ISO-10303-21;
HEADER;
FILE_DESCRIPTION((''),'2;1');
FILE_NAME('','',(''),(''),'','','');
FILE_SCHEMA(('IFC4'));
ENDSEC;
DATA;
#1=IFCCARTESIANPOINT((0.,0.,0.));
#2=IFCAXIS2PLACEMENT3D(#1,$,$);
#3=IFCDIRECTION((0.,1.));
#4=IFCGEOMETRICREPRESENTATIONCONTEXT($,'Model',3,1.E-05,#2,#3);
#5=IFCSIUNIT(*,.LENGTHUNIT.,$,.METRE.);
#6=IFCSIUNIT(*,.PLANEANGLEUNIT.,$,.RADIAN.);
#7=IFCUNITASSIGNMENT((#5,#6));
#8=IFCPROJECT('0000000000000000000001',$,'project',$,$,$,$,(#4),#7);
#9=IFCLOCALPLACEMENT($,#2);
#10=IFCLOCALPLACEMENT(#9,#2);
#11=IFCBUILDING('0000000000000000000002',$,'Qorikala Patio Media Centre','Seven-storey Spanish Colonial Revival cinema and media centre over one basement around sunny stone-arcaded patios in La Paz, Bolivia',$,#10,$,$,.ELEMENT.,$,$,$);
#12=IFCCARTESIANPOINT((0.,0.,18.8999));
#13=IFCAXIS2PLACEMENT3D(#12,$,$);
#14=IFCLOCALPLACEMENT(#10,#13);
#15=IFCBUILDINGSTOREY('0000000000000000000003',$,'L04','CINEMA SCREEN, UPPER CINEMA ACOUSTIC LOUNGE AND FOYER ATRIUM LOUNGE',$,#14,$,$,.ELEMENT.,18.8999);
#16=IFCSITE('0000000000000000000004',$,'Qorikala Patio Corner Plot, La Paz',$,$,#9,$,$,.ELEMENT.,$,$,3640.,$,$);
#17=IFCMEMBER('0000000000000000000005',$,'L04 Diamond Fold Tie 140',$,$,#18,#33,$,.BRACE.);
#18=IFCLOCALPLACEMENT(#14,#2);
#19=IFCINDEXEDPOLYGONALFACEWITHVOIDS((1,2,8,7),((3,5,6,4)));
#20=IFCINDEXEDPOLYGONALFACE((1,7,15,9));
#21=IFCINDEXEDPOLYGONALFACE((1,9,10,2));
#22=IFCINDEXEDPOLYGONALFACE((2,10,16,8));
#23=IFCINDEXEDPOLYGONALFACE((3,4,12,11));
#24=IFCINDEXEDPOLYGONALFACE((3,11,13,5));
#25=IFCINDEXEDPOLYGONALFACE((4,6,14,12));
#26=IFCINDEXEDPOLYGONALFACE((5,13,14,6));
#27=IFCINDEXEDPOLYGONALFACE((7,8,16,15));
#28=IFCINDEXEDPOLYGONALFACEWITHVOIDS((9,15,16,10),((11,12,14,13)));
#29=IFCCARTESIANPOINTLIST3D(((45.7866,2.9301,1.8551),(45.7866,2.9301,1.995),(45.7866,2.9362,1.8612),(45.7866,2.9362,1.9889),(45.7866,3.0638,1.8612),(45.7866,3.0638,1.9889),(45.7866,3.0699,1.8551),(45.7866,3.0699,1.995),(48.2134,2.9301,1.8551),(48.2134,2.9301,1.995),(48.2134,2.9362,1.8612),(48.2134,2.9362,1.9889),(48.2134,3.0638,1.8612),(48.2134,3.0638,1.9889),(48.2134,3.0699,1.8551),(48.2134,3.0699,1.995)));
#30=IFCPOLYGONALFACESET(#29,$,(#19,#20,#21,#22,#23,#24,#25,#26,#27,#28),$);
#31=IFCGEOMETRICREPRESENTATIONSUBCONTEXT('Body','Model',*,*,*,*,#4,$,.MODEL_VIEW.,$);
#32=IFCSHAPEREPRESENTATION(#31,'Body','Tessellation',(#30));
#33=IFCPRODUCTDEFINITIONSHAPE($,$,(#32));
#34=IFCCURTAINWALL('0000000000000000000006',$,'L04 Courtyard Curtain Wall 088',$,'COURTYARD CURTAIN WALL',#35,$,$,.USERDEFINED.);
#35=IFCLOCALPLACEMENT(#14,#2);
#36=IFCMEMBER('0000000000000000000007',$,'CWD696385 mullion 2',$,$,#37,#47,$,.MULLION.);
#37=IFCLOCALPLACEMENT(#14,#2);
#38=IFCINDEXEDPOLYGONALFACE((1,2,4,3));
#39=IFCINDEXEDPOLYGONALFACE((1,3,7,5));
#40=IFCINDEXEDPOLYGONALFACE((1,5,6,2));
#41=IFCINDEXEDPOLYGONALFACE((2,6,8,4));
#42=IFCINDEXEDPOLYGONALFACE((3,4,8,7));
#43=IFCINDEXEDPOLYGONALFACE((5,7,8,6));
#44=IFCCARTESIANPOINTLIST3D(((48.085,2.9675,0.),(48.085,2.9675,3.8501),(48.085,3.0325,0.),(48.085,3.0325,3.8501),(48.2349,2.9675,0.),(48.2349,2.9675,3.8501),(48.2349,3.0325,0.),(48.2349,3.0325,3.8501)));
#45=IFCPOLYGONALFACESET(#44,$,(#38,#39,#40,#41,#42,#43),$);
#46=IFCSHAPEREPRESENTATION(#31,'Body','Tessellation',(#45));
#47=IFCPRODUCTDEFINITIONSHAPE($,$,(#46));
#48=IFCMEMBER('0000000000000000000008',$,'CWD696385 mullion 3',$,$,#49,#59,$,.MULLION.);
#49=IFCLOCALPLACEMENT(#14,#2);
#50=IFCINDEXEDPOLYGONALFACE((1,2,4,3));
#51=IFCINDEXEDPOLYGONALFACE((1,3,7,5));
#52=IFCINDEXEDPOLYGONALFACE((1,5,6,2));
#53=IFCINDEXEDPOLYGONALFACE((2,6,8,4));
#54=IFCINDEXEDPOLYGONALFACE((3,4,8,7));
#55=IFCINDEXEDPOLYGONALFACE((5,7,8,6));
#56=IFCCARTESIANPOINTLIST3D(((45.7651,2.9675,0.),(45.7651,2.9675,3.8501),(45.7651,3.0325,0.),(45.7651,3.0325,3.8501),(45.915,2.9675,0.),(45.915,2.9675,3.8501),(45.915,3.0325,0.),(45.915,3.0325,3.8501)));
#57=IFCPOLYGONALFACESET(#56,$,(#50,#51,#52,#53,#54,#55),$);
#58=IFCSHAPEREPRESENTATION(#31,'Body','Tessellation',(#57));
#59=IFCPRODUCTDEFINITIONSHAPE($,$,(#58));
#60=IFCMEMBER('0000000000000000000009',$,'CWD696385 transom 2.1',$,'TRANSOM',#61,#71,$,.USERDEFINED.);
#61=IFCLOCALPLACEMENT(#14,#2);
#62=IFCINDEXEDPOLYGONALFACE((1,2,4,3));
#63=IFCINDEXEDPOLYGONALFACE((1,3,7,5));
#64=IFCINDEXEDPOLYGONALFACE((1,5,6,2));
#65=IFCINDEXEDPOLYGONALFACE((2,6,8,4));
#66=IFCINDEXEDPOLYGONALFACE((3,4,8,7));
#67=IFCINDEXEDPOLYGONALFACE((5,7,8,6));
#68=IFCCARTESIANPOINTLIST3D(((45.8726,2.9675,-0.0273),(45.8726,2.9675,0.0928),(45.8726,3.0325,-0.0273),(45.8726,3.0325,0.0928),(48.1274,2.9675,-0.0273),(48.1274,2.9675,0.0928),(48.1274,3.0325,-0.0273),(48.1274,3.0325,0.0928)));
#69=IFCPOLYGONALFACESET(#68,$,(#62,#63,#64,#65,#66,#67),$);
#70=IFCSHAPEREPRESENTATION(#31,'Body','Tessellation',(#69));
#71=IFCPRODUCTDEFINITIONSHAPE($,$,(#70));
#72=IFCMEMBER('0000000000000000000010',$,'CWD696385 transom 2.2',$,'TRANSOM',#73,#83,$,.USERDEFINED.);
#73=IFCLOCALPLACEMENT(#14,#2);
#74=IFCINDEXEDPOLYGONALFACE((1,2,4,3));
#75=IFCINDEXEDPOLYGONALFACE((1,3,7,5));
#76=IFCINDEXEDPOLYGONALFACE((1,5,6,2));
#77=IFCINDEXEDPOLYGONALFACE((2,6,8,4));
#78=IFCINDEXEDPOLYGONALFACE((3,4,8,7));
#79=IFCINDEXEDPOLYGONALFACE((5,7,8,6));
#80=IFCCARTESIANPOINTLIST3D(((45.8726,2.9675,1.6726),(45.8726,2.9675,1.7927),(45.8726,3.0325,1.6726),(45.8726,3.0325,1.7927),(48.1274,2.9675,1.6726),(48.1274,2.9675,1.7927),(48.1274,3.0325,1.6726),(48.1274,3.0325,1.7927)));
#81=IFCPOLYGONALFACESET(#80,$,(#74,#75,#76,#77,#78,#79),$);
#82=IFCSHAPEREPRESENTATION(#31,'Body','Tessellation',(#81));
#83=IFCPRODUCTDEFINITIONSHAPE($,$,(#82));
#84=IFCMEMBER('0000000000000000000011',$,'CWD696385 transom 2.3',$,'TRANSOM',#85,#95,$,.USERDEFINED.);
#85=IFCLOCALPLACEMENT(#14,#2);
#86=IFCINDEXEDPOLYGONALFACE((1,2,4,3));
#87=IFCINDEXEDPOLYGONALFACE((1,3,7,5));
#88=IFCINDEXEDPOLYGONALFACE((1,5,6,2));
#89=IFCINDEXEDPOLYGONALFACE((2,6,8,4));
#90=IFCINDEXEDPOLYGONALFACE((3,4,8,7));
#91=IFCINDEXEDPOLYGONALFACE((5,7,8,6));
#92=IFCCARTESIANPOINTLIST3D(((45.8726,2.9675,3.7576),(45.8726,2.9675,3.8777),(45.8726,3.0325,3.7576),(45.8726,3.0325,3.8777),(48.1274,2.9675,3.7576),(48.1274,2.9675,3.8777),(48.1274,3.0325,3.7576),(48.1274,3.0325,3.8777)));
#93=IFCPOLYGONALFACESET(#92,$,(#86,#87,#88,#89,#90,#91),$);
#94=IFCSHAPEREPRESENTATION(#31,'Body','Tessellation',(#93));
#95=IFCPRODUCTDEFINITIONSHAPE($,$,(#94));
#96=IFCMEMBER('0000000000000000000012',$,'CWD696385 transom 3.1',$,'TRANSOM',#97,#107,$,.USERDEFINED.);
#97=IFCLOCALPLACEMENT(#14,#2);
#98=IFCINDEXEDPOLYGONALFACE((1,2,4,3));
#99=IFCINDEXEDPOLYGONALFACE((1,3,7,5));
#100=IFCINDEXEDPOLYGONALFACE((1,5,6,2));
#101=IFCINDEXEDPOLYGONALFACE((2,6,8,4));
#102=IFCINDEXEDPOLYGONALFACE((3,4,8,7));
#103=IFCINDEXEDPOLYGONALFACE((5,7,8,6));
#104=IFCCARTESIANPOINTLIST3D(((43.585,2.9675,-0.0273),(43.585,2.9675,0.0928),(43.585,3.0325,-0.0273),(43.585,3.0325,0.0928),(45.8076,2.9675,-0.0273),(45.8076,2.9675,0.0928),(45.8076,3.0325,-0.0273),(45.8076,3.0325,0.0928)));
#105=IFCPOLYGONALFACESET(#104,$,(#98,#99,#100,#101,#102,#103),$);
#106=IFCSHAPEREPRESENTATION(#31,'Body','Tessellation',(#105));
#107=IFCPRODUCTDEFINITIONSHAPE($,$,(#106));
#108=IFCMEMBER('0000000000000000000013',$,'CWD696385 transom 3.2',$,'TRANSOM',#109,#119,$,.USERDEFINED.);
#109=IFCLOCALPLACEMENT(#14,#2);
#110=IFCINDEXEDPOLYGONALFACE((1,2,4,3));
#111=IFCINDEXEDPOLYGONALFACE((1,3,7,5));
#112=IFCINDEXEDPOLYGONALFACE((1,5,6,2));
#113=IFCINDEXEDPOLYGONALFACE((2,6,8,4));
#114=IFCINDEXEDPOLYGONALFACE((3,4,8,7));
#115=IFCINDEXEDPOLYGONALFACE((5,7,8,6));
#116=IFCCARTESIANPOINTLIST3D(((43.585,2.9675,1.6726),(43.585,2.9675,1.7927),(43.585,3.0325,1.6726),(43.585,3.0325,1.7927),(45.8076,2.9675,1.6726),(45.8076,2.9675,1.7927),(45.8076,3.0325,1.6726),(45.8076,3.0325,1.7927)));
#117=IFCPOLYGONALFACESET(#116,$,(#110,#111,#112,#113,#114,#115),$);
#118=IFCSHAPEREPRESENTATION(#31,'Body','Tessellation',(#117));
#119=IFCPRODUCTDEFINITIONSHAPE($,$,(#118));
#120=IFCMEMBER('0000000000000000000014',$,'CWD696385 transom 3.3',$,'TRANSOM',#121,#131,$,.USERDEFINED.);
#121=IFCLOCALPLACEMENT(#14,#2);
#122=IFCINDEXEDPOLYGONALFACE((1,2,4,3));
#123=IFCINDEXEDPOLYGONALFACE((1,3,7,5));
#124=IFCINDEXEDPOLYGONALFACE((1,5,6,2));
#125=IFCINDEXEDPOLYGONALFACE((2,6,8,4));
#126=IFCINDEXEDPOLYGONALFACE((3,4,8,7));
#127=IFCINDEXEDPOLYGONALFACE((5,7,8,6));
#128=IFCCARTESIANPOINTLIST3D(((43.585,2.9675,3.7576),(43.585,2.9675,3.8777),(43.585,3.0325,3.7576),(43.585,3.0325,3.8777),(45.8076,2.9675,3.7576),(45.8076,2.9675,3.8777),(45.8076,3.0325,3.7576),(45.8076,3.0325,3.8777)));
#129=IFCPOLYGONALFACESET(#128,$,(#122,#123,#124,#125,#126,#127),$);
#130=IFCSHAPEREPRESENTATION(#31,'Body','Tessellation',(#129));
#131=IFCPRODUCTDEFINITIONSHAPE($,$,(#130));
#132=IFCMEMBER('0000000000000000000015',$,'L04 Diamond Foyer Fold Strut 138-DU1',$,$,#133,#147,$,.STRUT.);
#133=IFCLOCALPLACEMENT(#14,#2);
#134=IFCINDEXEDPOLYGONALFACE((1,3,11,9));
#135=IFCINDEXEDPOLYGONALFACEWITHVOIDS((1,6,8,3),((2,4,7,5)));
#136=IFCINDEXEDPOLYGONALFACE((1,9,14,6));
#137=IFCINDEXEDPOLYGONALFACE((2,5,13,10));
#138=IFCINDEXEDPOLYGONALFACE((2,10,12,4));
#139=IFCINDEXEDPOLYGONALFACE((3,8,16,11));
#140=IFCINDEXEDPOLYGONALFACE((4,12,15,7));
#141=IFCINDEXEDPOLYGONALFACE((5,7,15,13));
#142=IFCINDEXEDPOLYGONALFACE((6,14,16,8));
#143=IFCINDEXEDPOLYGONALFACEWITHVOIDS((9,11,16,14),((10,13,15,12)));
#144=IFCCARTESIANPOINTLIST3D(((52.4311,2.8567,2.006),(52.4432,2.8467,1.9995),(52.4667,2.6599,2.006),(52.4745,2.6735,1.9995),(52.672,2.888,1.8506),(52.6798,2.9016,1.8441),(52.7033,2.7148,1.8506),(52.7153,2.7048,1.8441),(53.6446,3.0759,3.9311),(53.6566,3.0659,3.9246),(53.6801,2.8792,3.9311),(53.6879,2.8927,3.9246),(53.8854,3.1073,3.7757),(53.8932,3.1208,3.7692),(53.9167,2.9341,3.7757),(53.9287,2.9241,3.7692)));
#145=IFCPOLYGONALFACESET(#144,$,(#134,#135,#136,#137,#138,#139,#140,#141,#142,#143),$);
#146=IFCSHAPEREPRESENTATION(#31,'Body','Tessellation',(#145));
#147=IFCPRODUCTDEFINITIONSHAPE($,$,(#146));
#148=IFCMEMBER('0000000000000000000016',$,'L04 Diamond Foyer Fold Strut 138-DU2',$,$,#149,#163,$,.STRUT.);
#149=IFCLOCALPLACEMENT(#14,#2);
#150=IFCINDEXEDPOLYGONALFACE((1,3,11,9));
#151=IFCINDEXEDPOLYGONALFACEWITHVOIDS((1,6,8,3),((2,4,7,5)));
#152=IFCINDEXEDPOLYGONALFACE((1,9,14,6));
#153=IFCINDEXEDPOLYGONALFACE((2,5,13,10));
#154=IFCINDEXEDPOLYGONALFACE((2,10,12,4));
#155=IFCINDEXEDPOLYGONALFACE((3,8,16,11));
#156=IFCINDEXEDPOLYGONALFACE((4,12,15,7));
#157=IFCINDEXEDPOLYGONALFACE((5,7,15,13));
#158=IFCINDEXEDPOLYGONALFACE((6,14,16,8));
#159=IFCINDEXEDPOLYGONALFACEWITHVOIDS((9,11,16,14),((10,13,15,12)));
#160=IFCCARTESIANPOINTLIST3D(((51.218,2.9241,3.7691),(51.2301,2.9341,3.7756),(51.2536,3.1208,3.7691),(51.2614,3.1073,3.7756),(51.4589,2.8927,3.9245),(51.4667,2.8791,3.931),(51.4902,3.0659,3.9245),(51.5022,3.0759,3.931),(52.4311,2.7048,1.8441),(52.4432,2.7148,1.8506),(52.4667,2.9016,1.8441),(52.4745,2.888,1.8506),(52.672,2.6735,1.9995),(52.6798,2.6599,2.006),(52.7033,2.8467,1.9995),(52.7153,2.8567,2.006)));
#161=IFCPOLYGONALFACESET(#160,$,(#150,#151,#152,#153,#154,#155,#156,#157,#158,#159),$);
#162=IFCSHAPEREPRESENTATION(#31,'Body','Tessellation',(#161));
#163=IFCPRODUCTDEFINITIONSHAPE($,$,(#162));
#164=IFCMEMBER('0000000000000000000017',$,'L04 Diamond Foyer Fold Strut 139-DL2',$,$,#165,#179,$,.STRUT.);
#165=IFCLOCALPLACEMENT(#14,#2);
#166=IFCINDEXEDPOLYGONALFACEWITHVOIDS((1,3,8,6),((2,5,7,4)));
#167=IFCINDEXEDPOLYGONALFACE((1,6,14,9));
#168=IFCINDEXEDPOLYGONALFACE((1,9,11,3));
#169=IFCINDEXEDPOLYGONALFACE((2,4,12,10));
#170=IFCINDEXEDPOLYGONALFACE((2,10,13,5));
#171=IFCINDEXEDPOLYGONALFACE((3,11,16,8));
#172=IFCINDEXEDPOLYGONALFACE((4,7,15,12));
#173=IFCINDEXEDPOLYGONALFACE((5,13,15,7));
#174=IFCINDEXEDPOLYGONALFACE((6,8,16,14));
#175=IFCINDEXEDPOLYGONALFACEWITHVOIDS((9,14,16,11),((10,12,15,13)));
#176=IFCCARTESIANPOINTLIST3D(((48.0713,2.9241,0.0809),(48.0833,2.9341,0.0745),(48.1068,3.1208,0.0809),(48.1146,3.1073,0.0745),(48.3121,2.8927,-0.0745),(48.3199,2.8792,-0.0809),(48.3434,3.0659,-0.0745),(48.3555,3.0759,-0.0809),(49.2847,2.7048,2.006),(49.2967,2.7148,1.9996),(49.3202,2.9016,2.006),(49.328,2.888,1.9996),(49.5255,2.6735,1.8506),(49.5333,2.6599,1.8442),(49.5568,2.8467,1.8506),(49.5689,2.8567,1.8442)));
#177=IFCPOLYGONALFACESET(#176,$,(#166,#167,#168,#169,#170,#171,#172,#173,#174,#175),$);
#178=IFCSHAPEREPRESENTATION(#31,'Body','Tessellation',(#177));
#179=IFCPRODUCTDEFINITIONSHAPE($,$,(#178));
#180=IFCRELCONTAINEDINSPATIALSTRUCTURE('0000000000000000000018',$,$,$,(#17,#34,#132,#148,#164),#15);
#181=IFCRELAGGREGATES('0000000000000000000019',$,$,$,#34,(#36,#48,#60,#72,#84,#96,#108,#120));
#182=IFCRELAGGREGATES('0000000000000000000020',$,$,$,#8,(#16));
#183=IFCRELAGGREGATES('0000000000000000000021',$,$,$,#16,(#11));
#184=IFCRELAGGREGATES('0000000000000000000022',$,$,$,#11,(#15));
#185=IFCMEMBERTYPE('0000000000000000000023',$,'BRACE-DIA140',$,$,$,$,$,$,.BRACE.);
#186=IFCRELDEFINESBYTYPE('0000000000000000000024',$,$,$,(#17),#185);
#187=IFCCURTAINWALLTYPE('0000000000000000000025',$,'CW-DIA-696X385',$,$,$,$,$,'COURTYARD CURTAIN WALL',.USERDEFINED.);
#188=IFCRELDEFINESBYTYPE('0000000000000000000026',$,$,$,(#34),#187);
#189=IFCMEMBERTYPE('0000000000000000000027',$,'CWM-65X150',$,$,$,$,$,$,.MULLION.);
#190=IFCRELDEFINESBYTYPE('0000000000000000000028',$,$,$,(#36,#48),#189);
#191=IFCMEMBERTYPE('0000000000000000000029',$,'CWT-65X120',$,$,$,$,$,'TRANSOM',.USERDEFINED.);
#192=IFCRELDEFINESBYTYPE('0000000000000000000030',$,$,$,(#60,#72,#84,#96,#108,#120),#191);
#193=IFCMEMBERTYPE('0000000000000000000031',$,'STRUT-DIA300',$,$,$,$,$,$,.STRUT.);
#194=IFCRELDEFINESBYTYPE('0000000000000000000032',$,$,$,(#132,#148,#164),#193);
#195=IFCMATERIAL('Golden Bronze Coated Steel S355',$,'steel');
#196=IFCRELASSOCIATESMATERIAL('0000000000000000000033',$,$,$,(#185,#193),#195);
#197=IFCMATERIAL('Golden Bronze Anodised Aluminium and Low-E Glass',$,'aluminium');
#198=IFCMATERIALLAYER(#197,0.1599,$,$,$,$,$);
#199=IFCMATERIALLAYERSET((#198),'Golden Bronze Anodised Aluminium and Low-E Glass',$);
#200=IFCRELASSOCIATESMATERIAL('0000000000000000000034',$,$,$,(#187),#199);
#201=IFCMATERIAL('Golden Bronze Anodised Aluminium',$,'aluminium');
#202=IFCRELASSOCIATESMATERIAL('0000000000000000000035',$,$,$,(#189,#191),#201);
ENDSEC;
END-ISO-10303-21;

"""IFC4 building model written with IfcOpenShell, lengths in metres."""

from ifc_helpers import new_model, si_unit, direction, frame, origin, origin_2d, place, context, subcontext, project, spatial, rectangle, hollow_rectangle, extrude, material, layer, layer_set, material_profile, profile_set, type_object, element, aggregate, save


model = new_model("IFC4")

# Units and contexts
model_context = context("Model", 3, precision=1e-05, world=origin(), true_north=direction((0.0, 1.0)))
body_context = subcontext(model_context, "Body", "Model", "MODEL_VIEW")
ifc_project = project(units=[si_unit("LENGTHUNIT", "METRE"), si_unit("PLANEANGLEUNIT", "RADIAN")], contexts=[model_context])

# Site, building, storey
site_placement = place(None, origin())
site = spatial("IfcSite", under=ifc_project, at=site_placement, Name="Qorikala Patio Corner Plot, La Paz", CompositionType="ELEMENT", RefElevation=3640.0)
building_placement = place(site_placement, origin())
building = spatial("IfcBuilding", under=site, at=building_placement, Name="Qorikala Patio Media Centre", Description="Seven-storey Spanish Colonial Revival cinema and media centre over one basement around sunny stone-arcaded patios in La Paz, Bolivia", CompositionType="ELEMENT")
storey_placement = place(building_placement, frame((0.0, 0.0, 18.8999)))
storey = spatial("IfcBuildingStorey", under=building, at=storey_placement, Name="L04", Description="CINEMA SCREEN, UPPER CINEMA ACOUSTIC LOUNGE AND FOYER ATRIUM LOUNGE", CompositionType="ELEMENT", Elevation=18.8999)

# Member
ifc_material_1 = material(Name="Golden Bronze Coated Steel S355", Category="steel")
ifc_material_profile_1 = material_profile(ifc_material_1, hollow_rectangle(XDim=0.1399, YDim=0.1399, WallThickness=0.0061, at=origin_2d()), Name="HSS140X140X6")
ifc_profile_set_1 = profile_set([ifc_material_profile_1], Name="Golden Bronze Coated Steel S355")
member_type_1 = type_object("IfcMemberType", Name="BRACE-DIA140", PredefinedType="BRACE", material=ifc_profile_set_1)
member_1_placement = place(storey_placement, frame((48.2134, 3.0, 1.925), z_axis=(-1.0, 0.0, 0.0), x_axis=(0.0, -1.0, 0.0)))
element("IfcMember", 1, at=member_1_placement, inside=storey, type_object=member_type_1, Name="L04 Diamond Fold Tie 140", PredefinedType="BRACE", context=body_context, shape_type="SweptSolid", body=[
    extrude(hollow_rectangle(XDim=0.1399, YDim=0.1399, WallThickness=0.0061, at=origin_2d()), origin(), (0.0, 0.0, 1.0), 2.4268),
])

# Curtain wall, members
ifc_material_2 = material(Name="Golden Bronze Anodised Aluminium and Low-E Glass", Category="aluminium")
ifc_layer_1 = layer(ifc_material_2, 0.1599)
ifc_layer_set_1 = layer_set([ifc_layer_1], Name="Golden Bronze Anodised Aluminium and Low-E Glass")
curtain_wall_type = type_object("IfcCurtainWallType", Name="CW-DIA-696X385", ElementType="COURTYARD CURTAIN WALL", PredefinedType="USERDEFINED", material=ifc_layer_set_1)
curtain_wall_placement = place(storey_placement, origin())
curtain_wall = element("IfcCurtainWall", 2, at=curtain_wall_placement, inside=storey, type_object=curtain_wall_type, Name="L04 Courtyard Curtain Wall 088", ObjectType="COURTYARD CURTAIN WALL", PredefinedType="USERDEFINED")
ifc_material_3 = material(Name="Golden Bronze Anodised Aluminium", Category="aluminium")
ifc_material_profile_2 = material_profile(ifc_material_3, rectangle(XDim=0.0649, YDim=0.1499, at=origin_2d()), Name="ALU MULLION 65x150")
ifc_profile_set_2 = profile_set([ifc_material_profile_2], Name="Golden Bronze Anodised Aluminium")
member_type_2 = type_object("IfcMemberType", Name="CWM-65X150", PredefinedType="MULLION", material=ifc_profile_set_2)
member_2_placement = place(storey_placement, frame((48.1599, 3.0, 0.0), z_axis=(0.0, 0.0, 1.0), x_axis=(0.0, -1.0, 0.0)))
member_2 = element("IfcMember", 3, at=member_2_placement, type_object=member_type_2, Name="CWD696385 mullion 2", PredefinedType="MULLION", context=body_context, shape_type="SweptSolid", body=[
    extrude(rectangle(XDim=0.0649, YDim=0.1499, at=origin_2d()), origin(), (0.0, 0.0, 1.0), 3.8501),
])
member_3_placement = place(storey_placement, frame((45.8401, 3.0, 0.0), z_axis=(0.0, 0.0, 1.0), x_axis=(0.0, -1.0, 0.0)))
member_3 = element("IfcMember", 4, at=member_3_placement, type_object=member_type_2, Name="CWD696385 mullion 3", PredefinedType="MULLION", context=body_context, shape_type="SweptSolid", body=[
    extrude(rectangle(XDim=0.0649, YDim=0.1499, at=origin_2d()), origin(), (0.0, 0.0, 1.0), 3.8501),
])
ifc_material_profile_3 = material_profile(ifc_material_3, rectangle(XDim=0.0649, YDim=0.1201, at=origin_2d()), Name="ALU TRANSOM 65x120")
ifc_profile_set_3 = profile_set([ifc_material_profile_3], Name="Golden Bronze Anodised Aluminium")
member_type_3 = type_object("IfcMemberType", Name="CWT-65X120", ElementType="TRANSOM", PredefinedType="USERDEFINED", material=ifc_profile_set_3)
member_4_placement = place(storey_placement, frame((48.1274, 3.0, 0.0327), z_axis=(-1.0, 0.0, 0.0), x_axis=(0.0, -1.0, 0.0)))
member_4 = element("IfcMember", 5, at=member_4_placement, type_object=member_type_3, Name="CWD696385 transom 2.1", ObjectType="TRANSOM", PredefinedType="USERDEFINED", context=body_context, shape_type="SweptSolid", body=[
    extrude(rectangle(XDim=0.0649, YDim=0.1201, at=origin_2d()), origin(), (0.0, 0.0, 1.0), 2.2549),
])
member_5_placement = place(storey_placement, frame((48.1274, 3.0, 1.7327), z_axis=(-1.0, 0.0, 0.0), x_axis=(0.0, -1.0, 0.0)))
member_5 = element("IfcMember", 6, at=member_5_placement, type_object=member_type_3, Name="CWD696385 transom 2.2", ObjectType="TRANSOM", PredefinedType="USERDEFINED", context=body_context, shape_type="SweptSolid", body=[
    extrude(rectangle(XDim=0.0649, YDim=0.1201, at=origin_2d()), origin(), (0.0, 0.0, 1.0), 2.2549),
])
member_6_placement = place(storey_placement, frame((48.1274, 3.0, 3.8176), z_axis=(-1.0, 0.0, 0.0), x_axis=(0.0, -1.0, 0.0)))
member_6 = element("IfcMember", 7, at=member_6_placement, type_object=member_type_3, Name="CWD696385 transom 2.3", ObjectType="TRANSOM", PredefinedType="USERDEFINED", context=body_context, shape_type="SweptSolid", body=[
    extrude(rectangle(XDim=0.0649, YDim=0.1201, at=origin_2d()), origin(), (0.0, 0.0, 1.0), 2.2549),
])
member_7_placement = place(storey_placement, frame((45.8076, 3.0, 0.0327), z_axis=(-1.0, 0.0, 0.0), x_axis=(0.0, -1.0, 0.0)))
member_7 = element("IfcMember", 8, at=member_7_placement, type_object=member_type_3, Name="CWD696385 transom 3.1", ObjectType="TRANSOM", PredefinedType="USERDEFINED", context=body_context, shape_type="SweptSolid", body=[
    extrude(rectangle(XDim=0.0649, YDim=0.1201, at=origin_2d()), origin(), (0.0, 0.0, 1.0), 2.2227),
])
member_8_placement = place(storey_placement, frame((45.8076, 3.0, 1.7327), z_axis=(-1.0, 0.0, 0.0), x_axis=(0.0, -1.0, 0.0)))
member_8 = element("IfcMember", 9, at=member_8_placement, type_object=member_type_3, Name="CWD696385 transom 3.2", ObjectType="TRANSOM", PredefinedType="USERDEFINED", context=body_context, shape_type="SweptSolid", body=[
    extrude(rectangle(XDim=0.0649, YDim=0.1201, at=origin_2d()), origin(), (0.0, 0.0, 1.0), 2.2227),
])
member_9_placement = place(storey_placement, frame((45.8076, 3.0, 3.8176), z_axis=(-1.0, 0.0, 0.0), x_axis=(0.0, -1.0, 0.0)))
member_9 = element("IfcMember", 10, at=member_9_placement, type_object=member_type_3, Name="CWD696385 transom 3.3", ObjectType="TRANSOM", PredefinedType="USERDEFINED", context=body_context, shape_type="SweptSolid", body=[
    extrude(rectangle(XDim=0.0649, YDim=0.1201, at=origin_2d()), origin(), (0.0, 0.0, 1.0), 2.2227),
])

# Members
ifc_material_profile_4 = material_profile(ifc_material_1, hollow_rectangle(XDim=0.2, YDim=0.3, WallThickness=0.012, at=origin_2d()), Name="HSS300X200X12")
ifc_profile_set_4 = profile_set([ifc_material_profile_4], Name="Golden Bronze Coated Steel S355")
member_type_4 = type_object("IfcMemberType", Name="STRUT-DIA300", PredefinedType="STRUT", material=ifc_profile_set_4)
member_10_placement = place(storey_placement, frame((52.5732, 2.7808, 1.925), z_axis=(0.530768, 0.095901, 0.842074), x_axis=(-0.177805, 0.984066, 0.0)))
element("IfcMember", 11, at=member_10_placement, inside=storey, type_object=member_type_4, Name="L04 Diamond Foyer Fold Strut 138-DU1", PredefinedType="STRUT", context=body_context, shape_type="SweptSolid", body=[
    extrude(hollow_rectangle(XDim=0.2, YDim=0.3, WallThickness=0.012, at=origin_2d()), origin(), (0.0, 0.0, 1.0), 2.2861),
])
member_11_placement = place(storey_placement, frame((52.5732, 2.7808, 1.925), z_axis=(-0.530691, 0.095907, 0.842121), x_axis=(-0.17784, -0.984059, 0.0)))
element("IfcMember", 12, at=member_11_placement, inside=storey, type_object=member_type_4, Name="L04 Diamond Foyer Fold Strut 138-DU2", PredefinedType="STRUT", context=body_context, shape_type="SweptSolid", body=[
    extrude(hollow_rectangle(XDim=0.2, YDim=0.3, WallThickness=0.012, at=origin_2d()), origin(), (0.0, 0.0, 1.0), 2.2859),
])
member_12_placement = place(storey_placement, frame((48.2134, 3.0, 0.0), z_axis=(0.530768, -0.095901, 0.842074), x_axis=(0.177805, 0.984066, 0.0)))
element("IfcMember", 13, at=member_12_placement, inside=storey, type_object=member_type_4, Name="L04 Diamond Foyer Fold Strut 139-DL2", PredefinedType="STRUT", context=body_context, shape_type="SweptSolid", body=[
    extrude(hollow_rectangle(XDim=0.2, YDim=0.3, WallThickness=0.012, at=origin_2d()), origin(), (0.0, 0.0, 1.0), 2.2861),
])

aggregate(curtain_wall, [member_2, member_3, member_4, member_5, member_6, member_7, member_8, member_9])

save(model, "model.ifc")
